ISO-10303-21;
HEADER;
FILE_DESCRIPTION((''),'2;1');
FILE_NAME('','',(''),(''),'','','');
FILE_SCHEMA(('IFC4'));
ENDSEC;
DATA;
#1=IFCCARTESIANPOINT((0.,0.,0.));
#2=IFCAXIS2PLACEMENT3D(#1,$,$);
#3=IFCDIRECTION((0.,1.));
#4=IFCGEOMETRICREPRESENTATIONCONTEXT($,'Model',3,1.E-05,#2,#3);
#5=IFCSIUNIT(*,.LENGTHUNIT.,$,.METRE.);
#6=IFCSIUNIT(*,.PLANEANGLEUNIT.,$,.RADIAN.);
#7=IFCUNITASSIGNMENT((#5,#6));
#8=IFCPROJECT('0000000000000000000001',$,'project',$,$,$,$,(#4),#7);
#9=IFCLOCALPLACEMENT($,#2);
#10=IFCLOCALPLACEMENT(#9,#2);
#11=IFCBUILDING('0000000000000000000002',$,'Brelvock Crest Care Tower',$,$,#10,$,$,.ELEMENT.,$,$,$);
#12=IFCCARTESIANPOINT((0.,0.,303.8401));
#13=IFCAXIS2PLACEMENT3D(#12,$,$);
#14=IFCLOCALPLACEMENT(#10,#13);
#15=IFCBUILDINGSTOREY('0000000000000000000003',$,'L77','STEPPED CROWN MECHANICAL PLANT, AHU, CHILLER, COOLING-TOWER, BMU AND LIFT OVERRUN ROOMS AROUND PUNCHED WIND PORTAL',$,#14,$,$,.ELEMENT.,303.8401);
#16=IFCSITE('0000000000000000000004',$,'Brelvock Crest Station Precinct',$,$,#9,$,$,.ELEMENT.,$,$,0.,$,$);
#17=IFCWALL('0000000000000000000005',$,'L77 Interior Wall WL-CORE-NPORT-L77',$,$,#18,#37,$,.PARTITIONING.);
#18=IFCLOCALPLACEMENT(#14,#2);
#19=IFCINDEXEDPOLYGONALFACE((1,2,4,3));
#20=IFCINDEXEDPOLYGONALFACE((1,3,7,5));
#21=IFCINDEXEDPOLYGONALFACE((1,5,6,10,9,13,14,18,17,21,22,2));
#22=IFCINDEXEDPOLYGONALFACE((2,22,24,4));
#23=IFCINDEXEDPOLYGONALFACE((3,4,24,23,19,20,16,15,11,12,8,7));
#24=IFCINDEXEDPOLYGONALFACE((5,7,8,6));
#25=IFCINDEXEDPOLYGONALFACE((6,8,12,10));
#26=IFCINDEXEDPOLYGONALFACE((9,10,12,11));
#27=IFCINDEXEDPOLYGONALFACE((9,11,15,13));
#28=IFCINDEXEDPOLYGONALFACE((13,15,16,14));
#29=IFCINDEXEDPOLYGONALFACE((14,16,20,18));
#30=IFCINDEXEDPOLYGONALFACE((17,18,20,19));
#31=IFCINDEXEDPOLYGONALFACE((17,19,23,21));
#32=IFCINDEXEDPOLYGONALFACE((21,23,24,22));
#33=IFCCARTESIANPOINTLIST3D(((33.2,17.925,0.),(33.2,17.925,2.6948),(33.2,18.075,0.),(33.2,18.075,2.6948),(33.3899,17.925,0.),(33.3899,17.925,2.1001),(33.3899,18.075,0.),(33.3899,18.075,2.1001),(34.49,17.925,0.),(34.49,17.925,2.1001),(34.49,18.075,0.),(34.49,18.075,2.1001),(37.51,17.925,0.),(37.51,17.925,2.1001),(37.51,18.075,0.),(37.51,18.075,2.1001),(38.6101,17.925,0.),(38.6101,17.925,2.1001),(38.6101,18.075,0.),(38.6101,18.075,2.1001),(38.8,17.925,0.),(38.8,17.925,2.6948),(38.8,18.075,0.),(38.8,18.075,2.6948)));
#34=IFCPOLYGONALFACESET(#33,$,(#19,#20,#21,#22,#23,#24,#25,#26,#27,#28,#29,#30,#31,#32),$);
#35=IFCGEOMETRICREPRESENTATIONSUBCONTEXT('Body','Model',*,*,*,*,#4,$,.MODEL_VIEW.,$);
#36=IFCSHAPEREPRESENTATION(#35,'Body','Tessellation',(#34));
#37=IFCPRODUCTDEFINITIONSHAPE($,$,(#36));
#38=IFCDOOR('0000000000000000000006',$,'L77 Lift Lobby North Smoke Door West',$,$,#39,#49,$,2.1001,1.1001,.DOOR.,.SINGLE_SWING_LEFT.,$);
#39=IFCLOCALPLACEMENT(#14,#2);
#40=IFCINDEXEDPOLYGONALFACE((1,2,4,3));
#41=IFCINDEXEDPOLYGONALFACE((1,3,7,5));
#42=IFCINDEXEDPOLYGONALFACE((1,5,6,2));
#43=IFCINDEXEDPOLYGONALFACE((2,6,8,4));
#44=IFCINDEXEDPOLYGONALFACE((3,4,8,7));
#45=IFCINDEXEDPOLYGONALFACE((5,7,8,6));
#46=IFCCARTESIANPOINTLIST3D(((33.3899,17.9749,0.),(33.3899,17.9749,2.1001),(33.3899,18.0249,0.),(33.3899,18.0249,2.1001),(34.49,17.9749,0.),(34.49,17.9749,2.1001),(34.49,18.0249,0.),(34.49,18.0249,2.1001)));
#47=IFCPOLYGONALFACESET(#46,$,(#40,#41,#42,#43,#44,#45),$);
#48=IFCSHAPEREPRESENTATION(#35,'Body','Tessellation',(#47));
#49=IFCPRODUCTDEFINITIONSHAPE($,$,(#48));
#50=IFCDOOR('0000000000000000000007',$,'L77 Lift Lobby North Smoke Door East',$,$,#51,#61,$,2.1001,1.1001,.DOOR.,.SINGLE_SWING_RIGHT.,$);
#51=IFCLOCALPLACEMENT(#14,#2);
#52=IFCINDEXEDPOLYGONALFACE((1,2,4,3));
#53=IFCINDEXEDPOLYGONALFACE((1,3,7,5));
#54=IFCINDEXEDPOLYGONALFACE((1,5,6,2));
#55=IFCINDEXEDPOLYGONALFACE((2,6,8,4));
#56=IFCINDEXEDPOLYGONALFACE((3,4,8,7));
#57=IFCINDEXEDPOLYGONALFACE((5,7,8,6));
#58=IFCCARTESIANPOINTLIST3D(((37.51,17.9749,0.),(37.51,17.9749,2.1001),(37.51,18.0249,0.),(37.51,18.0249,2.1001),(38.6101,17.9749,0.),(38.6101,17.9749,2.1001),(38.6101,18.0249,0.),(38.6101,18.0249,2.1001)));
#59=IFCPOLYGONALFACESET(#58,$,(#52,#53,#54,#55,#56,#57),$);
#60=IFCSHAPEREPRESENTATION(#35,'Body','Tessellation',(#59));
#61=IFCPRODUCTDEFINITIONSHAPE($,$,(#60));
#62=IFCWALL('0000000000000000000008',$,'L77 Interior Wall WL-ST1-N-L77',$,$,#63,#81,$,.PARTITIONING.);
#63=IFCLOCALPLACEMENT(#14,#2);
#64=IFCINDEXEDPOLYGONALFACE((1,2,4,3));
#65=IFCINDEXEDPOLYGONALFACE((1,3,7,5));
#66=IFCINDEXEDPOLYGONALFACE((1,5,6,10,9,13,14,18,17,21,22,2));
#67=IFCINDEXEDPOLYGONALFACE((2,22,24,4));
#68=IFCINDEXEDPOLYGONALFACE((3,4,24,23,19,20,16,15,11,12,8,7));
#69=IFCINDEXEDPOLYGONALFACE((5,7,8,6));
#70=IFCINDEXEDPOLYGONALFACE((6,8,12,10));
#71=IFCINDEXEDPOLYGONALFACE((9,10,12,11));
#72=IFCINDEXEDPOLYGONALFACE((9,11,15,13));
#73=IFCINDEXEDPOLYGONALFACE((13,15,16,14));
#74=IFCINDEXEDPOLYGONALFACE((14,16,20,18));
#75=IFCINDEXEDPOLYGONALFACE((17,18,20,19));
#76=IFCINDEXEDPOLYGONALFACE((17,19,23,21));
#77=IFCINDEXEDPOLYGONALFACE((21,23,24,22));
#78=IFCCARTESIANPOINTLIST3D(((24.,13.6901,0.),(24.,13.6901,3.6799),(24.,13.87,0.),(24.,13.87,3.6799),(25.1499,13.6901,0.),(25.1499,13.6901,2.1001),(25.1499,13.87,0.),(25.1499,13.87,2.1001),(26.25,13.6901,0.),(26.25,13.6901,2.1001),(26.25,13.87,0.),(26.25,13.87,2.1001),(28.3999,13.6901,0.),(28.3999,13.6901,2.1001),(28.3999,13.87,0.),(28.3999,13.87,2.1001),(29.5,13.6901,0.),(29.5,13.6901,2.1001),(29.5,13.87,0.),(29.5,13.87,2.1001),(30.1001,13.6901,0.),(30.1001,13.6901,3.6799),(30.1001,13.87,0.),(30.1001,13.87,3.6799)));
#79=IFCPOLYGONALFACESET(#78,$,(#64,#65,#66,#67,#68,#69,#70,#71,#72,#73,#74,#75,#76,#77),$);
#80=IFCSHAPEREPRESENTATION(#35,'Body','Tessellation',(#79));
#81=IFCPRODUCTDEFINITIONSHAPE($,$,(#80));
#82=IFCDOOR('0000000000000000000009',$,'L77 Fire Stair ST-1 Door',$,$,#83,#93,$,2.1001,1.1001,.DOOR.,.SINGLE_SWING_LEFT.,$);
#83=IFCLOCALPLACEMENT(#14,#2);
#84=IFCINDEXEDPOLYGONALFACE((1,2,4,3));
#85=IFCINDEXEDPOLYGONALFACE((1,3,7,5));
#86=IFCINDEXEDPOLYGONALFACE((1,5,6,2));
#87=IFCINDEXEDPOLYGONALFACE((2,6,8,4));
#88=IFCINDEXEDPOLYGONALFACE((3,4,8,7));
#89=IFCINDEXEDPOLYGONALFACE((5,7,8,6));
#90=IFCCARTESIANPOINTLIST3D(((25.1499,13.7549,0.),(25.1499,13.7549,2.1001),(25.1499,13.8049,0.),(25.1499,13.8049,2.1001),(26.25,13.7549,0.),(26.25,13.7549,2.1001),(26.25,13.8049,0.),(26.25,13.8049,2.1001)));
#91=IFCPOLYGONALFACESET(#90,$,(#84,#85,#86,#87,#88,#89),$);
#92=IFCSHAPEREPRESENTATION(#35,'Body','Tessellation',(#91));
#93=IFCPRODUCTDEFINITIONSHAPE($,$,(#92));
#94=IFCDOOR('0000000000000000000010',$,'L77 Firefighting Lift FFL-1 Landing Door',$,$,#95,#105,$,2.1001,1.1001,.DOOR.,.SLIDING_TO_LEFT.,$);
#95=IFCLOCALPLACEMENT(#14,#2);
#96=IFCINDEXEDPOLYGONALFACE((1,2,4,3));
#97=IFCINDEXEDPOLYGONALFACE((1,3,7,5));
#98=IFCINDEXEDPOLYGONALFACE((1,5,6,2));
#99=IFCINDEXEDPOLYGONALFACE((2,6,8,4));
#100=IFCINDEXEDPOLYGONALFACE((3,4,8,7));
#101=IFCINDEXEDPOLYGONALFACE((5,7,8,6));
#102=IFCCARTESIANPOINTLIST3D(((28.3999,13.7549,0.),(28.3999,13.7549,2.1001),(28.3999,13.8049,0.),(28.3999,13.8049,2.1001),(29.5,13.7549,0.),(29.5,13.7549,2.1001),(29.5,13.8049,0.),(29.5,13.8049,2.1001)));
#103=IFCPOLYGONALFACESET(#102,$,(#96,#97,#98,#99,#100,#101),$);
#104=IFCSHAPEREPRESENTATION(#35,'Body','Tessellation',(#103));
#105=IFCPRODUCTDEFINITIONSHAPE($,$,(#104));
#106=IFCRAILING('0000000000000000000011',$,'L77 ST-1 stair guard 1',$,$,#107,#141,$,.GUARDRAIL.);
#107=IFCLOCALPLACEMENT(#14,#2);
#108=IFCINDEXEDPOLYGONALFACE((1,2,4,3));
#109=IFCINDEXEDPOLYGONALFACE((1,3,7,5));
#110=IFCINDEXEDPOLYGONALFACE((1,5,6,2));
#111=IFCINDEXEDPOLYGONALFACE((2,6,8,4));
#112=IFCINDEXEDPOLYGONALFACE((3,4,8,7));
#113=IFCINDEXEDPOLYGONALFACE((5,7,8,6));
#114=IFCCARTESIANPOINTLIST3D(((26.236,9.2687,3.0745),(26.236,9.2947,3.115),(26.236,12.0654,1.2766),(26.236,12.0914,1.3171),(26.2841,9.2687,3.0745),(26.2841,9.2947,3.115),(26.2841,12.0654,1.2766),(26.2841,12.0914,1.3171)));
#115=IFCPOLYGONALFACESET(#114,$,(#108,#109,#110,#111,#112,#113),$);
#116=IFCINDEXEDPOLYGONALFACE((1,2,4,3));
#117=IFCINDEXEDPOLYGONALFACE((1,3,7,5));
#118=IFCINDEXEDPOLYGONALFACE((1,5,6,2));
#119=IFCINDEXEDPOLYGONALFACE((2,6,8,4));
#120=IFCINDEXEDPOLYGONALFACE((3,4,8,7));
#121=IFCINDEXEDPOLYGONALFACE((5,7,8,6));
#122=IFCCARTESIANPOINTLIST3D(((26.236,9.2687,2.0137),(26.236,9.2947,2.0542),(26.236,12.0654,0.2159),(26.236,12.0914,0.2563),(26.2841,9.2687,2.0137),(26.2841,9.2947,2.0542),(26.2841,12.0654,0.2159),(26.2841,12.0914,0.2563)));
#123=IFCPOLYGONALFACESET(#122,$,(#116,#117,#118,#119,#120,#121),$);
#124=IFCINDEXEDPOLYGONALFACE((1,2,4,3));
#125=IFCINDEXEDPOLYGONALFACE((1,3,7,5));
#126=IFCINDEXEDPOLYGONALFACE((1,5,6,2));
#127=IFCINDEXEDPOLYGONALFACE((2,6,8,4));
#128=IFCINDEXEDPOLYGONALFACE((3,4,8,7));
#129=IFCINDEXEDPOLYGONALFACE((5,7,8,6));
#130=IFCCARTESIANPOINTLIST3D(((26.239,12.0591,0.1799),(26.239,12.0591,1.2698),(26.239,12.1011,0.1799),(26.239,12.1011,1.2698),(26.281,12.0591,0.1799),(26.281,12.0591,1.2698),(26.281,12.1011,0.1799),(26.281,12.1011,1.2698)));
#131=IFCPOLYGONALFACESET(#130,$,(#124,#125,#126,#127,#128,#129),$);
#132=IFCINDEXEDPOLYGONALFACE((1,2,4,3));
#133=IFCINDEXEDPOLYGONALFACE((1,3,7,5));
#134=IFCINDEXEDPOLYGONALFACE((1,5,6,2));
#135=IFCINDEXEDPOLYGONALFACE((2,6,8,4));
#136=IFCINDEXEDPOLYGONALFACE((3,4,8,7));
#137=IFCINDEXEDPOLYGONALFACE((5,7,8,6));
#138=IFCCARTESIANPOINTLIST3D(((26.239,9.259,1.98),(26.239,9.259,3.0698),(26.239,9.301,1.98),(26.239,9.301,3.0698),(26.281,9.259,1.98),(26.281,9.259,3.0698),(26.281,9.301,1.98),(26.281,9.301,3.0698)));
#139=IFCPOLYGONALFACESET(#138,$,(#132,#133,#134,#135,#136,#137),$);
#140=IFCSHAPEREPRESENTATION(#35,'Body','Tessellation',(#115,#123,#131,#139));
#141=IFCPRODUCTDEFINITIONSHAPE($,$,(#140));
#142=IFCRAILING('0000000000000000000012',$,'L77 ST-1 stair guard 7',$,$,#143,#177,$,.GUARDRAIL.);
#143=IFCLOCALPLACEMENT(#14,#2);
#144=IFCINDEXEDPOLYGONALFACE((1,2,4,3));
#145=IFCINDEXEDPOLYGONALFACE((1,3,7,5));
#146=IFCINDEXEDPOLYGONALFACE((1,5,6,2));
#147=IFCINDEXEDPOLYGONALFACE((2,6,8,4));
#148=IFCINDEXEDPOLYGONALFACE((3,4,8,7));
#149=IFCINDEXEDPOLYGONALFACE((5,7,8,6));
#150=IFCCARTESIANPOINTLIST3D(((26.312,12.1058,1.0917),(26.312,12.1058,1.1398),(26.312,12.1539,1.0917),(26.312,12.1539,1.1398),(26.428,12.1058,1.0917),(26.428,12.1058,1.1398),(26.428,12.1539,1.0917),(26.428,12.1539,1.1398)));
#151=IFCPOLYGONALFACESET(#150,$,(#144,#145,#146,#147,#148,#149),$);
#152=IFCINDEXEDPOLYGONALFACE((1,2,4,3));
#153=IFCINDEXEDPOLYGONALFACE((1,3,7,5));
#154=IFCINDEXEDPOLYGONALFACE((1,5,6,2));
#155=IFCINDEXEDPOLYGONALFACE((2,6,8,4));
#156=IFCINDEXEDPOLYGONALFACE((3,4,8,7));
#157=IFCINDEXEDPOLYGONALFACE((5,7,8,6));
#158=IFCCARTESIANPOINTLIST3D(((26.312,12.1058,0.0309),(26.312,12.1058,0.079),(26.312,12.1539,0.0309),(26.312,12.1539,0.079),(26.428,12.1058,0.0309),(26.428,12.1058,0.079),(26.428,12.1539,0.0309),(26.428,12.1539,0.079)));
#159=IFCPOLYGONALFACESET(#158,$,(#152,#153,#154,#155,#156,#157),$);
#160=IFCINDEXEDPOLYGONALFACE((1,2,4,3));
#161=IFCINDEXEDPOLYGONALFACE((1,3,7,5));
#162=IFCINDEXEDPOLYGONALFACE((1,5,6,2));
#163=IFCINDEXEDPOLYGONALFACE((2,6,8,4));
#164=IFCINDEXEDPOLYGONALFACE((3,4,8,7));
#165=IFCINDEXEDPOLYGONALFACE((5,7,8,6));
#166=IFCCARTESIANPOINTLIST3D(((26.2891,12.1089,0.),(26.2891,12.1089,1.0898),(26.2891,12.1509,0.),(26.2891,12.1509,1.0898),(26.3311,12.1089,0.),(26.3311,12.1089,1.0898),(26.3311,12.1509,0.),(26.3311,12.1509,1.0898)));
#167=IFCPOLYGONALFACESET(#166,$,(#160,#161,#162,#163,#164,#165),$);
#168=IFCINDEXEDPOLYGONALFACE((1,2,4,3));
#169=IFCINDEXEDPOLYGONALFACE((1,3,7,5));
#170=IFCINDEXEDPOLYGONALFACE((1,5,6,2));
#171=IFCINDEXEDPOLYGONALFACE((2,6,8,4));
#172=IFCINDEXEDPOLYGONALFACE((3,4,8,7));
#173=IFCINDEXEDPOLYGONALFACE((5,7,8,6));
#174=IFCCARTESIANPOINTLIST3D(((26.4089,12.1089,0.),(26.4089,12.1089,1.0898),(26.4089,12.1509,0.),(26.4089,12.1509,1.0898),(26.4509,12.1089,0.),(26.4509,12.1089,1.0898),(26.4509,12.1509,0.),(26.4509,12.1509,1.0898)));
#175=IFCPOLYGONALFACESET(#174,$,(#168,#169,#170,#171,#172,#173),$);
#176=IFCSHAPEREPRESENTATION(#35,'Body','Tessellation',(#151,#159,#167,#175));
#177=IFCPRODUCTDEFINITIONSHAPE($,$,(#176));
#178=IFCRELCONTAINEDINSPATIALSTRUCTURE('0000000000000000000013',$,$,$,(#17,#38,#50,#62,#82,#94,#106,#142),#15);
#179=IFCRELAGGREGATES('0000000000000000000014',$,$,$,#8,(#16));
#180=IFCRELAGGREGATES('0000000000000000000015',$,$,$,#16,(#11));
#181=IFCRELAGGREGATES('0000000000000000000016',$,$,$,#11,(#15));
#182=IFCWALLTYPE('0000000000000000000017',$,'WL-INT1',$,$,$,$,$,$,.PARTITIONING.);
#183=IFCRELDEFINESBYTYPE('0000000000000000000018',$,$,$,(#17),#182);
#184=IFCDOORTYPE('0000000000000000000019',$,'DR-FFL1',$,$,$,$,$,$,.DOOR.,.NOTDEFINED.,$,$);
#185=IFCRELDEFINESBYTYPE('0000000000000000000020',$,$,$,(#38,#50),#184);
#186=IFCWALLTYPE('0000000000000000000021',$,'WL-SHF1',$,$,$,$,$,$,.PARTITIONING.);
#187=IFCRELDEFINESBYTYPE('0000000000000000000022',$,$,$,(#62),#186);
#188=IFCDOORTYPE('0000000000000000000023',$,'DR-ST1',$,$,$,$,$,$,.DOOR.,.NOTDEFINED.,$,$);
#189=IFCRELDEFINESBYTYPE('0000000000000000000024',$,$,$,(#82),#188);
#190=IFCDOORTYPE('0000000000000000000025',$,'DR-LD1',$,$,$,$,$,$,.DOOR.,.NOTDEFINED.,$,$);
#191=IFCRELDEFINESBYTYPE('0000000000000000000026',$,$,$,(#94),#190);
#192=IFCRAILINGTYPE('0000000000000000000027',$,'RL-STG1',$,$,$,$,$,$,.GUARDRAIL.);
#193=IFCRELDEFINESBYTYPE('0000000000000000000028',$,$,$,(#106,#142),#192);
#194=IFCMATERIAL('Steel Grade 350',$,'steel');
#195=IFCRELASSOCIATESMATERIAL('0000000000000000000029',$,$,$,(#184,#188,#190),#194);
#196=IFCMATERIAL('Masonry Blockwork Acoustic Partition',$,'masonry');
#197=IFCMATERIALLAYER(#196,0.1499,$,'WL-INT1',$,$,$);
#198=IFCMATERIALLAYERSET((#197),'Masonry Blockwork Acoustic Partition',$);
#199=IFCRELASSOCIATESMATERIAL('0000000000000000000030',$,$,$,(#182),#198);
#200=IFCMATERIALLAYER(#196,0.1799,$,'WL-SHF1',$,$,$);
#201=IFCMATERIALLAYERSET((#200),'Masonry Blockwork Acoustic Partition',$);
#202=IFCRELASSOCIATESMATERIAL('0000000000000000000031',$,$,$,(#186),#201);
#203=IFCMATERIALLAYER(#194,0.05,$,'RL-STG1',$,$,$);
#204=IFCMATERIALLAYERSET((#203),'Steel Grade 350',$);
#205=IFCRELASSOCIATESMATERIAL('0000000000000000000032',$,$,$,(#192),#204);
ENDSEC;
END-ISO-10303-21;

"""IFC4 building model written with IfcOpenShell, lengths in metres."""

from ifc_helpers import new_model, si_unit, direction, frame, frame_2d, origin, origin_2d, place, context, subcontext, project, spatial, rectangle, extrude, source, transform, mapped, material, layer, layer_set, type_object, element, fill, save


model = new_model("IFC4")

# Units and contexts
model_context = context("Model", 3, precision=1e-05, world=origin(), true_north=direction((0.0, 1.0)))
body_context = subcontext(model_context, "Body", "Model", "MODEL_VIEW")
ifc_project = project(units=[si_unit("LENGTHUNIT", "METRE"), si_unit("PLANEANGLEUNIT", "RADIAN")], contexts=[model_context])

# Site, building, storey
site_placement = place(None, origin())
site = spatial("IfcSite", under=ifc_project, at=site_placement, Name="Brelvock Crest Station Precinct", CompositionType="ELEMENT", RefElevation=0.0)
building_placement = place(site_placement, origin())
building = spatial("IfcBuilding", under=site, at=building_placement, Name="Brelvock Crest Care Tower", CompositionType="ELEMENT")
storey_placement = place(building_placement, frame((0.0, 0.0, 303.8401)))
storey = spatial("IfcBuildingStorey", under=building, at=storey_placement, Name="L77", Description="STEPPED CROWN MECHANICAL PLANT, AHU, CHILLER, COOLING-TOWER, BMU AND LIFT OVERRUN ROOMS AROUND PUNCHED WIND PORTAL", CompositionType="ELEMENT", Elevation=303.8401)

# Shared definitions
ifc_material_1 = material(Name="Steel Grade 350", Category="steel")

# Shared definitions
door_type_1 = type_object("IfcDoorType", Name="DR-FFL1", OperationType="NOTDEFINED", PredefinedType="DOOR", material=ifc_material_1)
shared_shape_1 = source(origin(), body_context, "Body", "SweptSolid", [
    extrude(rectangle(XDim=1.1001, YDim=2.1001, at=origin_2d()), frame((0.55, 0.0249, 1.05), z_axis=(0.0, -1.0, 0.0), x_axis=(1.0, 0.0, 0.0)), (0.0, 0.0, 1.0), 0.05),
])

# Shared definitions
ifc_material_2 = material(Name="Masonry Blockwork Acoustic Partition", Category="masonry")
ifc_layer_1 = layer(ifc_material_2, 0.1499, Name="WL-INT1")
ifc_layer_set_1 = layer_set([ifc_layer_1], Name="Masonry Blockwork Acoustic Partition")
wall_type_1 = type_object("IfcWallType", Name="WL-INT1", PredefinedType="PARTITIONING", material=ifc_layer_set_1)

# Walls, openings, doors
wall_1_placement = place(storey_placement, frame((33.2, 18.0, 0.0), z_axis=(0.0, 0.0, 1.0), x_axis=(1.0, 0.0, 0.0)))
wall_1 = element("IfcWall", 1, at=wall_1_placement, inside=storey, type_object=wall_type_1, Name="L77 Interior Wall WL-CORE-NPORT-L77", PredefinedType="PARTITIONING", context=body_context, shape_type="SweptSolid", body=[
    extrude(rectangle(XDim=5.6001, YDim=0.1499, at=frame_2d((2.8, 0.0))), origin(), (0.0, 0.0, 1.0), 2.6948),
])
opening_1_placement = place(wall_1_placement, frame((0.1899, 0.0, 0.0)))
opening_1 = element("IfcOpeningElement", 2, at=opening_1_placement, cuts=wall_1, PredefinedType="OPENING", context=body_context, shape_type="SweptSolid", body=[
    extrude(rectangle(XDim=1.1001, YDim=2.1001, at=origin_2d()), frame((0.55, 0.085, 1.05), z_axis=(0.0, -1.0, 0.0), x_axis=(1.0, 0.0, 0.0)), (0.0, 0.0, 1.0), 0.1699),
])
opening_2_placement = place(wall_1_placement, frame((4.3101, 0.0, 0.0)))
opening_2 = element("IfcOpeningElement", 3, at=opening_2_placement, cuts=wall_1, PredefinedType="OPENING", context=body_context, shape_type="SweptSolid", body=[
    extrude(rectangle(XDim=1.1001, YDim=2.1001, at=origin_2d()), frame((0.55, 0.085, 1.05), z_axis=(0.0, -1.0, 0.0), x_axis=(1.0, 0.0, 0.0)), (0.0, 0.0, 1.0), 0.1699),
])
door_1_placement = place(opening_1_placement, origin())
door_1 = element("IfcDoor", 4, at=door_1_placement, inside=storey, type_object=door_type_1, Name="L77 Lift Lobby North Smoke Door West", OperationType="SINGLE_SWING_LEFT", OverallHeight=2.1001, OverallWidth=1.1001, PredefinedType="DOOR", context=body_context, shape_type="MappedRepresentation", body=[
    mapped(shared_shape_1, transform((0.0, 0.0, 0.0), x_axis=(1.0, 0.0, 0.0), y_axis=(0.0, 1.0, 0.0), z_axis=(0.0, 0.0, 1.0), scale=1.0)),
])
fill(opening_1, door_1)
door_2_placement = place(opening_2_placement, origin())
door_2 = element("IfcDoor", 5, at=door_2_placement, inside=storey, type_object=door_type_1, Name="L77 Lift Lobby North Smoke Door East", OperationType="SINGLE_SWING_RIGHT", OverallHeight=2.1001, OverallWidth=1.1001, PredefinedType="DOOR", context=body_context, shape_type="MappedRepresentation", body=[
    mapped(shared_shape_1, transform((0.0, 0.0, 0.0), x_axis=(1.0, 0.0, 0.0), y_axis=(0.0, 1.0, 0.0), z_axis=(0.0, 0.0, 1.0), scale=1.0)),
])
fill(opening_2, door_2)
ifc_layer_2 = layer(ifc_material_2, 0.1799, Name="WL-SHF1")
ifc_layer_set_2 = layer_set([ifc_layer_2], Name="Masonry Blockwork Acoustic Partition")
wall_type_2 = type_object("IfcWallType", Name="WL-SHF1", PredefinedType="PARTITIONING", material=ifc_layer_set_2)
wall_2_placement = place(storey_placement, frame((24.0, 13.78, 0.0), z_axis=(0.0, 0.0, 1.0), x_axis=(1.0, 0.0, 0.0)))
wall_2 = element("IfcWall", 6, at=wall_2_placement, inside=storey, type_object=wall_type_2, Name="L77 Interior Wall WL-ST1-N-L77", PredefinedType="PARTITIONING", context=body_context, shape_type="SweptSolid", body=[
    extrude(rectangle(XDim=6.1001, YDim=0.1799, at=frame_2d((3.05, 0.0))), origin(), (0.0, 0.0, 1.0), 3.6799),
])
opening_3_placement = place(wall_2_placement, frame((1.1499, 0.0, 0.0)))
opening_3 = element("IfcOpeningElement", 7, at=opening_3_placement, cuts=wall_2, PredefinedType="OPENING", context=body_context, shape_type="SweptSolid", body=[
    extrude(rectangle(XDim=1.1001, YDim=2.1001, at=origin_2d()), frame((0.55, 0.1001, 1.05), z_axis=(0.0, -1.0, 0.0), x_axis=(1.0, 0.0, 0.0)), (0.0, 0.0, 1.0), 0.2),
])
opening_4_placement = place(wall_2_placement, frame((4.3999, 0.0, 0.0)))
opening_4 = element("IfcOpeningElement", 8, at=opening_4_placement, cuts=wall_2, PredefinedType="OPENING", context=body_context, shape_type="SweptSolid", body=[
    extrude(rectangle(XDim=1.1001, YDim=2.1001, at=origin_2d()), frame((0.55, 0.1001, 1.05), z_axis=(0.0, -1.0, 0.0), x_axis=(1.0, 0.0, 0.0)), (0.0, 0.0, 1.0), 0.2),
])
door_type_2 = type_object("IfcDoorType", Name="DR-ST1", OperationType="NOTDEFINED", PredefinedType="DOOR", material=ifc_material_1)
shared_shape_2 = source(origin(), body_context, "Body", "SweptSolid", [
    extrude(rectangle(XDim=1.1001, YDim=2.1001, at=origin_2d()), frame((0.55, 0.0249, 1.05), z_axis=(0.0, -1.0, 0.0), x_axis=(1.0, 0.0, 0.0)), (0.0, 0.0, 1.0), 0.05),
])
door_3_placement = place(opening_3_placement, origin())
door_3 = element("IfcDoor", 9, at=door_3_placement, inside=storey, type_object=door_type_2, Name="L77 Fire Stair ST-1 Door", OperationType="SINGLE_SWING_LEFT", OverallHeight=2.1001, OverallWidth=1.1001, PredefinedType="DOOR", context=body_context, shape_type="MappedRepresentation", body=[
    mapped(shared_shape_2, transform((0.0, 0.0, 0.0), x_axis=(1.0, 0.0, 0.0), y_axis=(0.0, 1.0, 0.0), z_axis=(0.0, 0.0, 1.0), scale=1.0)),
])
fill(opening_3, door_3)
door_type_3 = type_object("IfcDoorType", Name="DR-LD1", OperationType="NOTDEFINED", PredefinedType="DOOR", material=ifc_material_1)
shared_shape_3 = source(origin(), body_context, "Body", "SweptSolid", [
    extrude(rectangle(XDim=1.1001, YDim=2.1001, at=origin_2d()), frame((0.55, 0.0249, 1.05), z_axis=(0.0, -1.0, 0.0), x_axis=(1.0, 0.0, 0.0)), (0.0, 0.0, 1.0), 0.05),
])
door_4_placement = place(opening_4_placement, origin())
door_4 = element("IfcDoor", 10, at=door_4_placement, inside=storey, type_object=door_type_3, Name="L77 Firefighting Lift FFL-1 Landing Door", OperationType="SLIDING_TO_LEFT", OverallHeight=2.1001, OverallWidth=1.1001, PredefinedType="DOOR", context=body_context, shape_type="MappedRepresentation", body=[
    mapped(shared_shape_3, transform((0.0, 0.0, 0.0), x_axis=(1.0, 0.0, 0.0), y_axis=(0.0, 1.0, 0.0), z_axis=(0.0, 0.0, 1.0), scale=1.0)),
])
fill(opening_4, door_4)

# Railings
ifc_layer_3 = layer(ifc_material_1, 0.05, Name="RL-STG1")
ifc_layer_set_3 = layer_set([ifc_layer_3], Name="Steel Grade 350")
railing_type = type_object("IfcRailingType", Name="RL-STG1", PredefinedType="GUARDRAIL", material=ifc_layer_set_3)
railing_1_placement = place(storey_placement, frame((26.26, 12.0801, 0.1799)))
element("IfcRailing", 11, at=railing_1_placement, inside=storey, type_object=railing_type, Name="L77 ST-1 stair guard 1", PredefinedType="GUARDRAIL", context=body_context, shape_type="SweptSolid", body=[
    extrude(rectangle(XDim=0.0481, YDim=0.0481, at=origin_2d()), frame((0.0, -0.0017, 1.1169), z_axis=(0.0, -0.841176, 0.540761), x_axis=(1.0, 0.0, 0.0)), (0.0, 0.0, 1.0), 3.3247),
    extrude(rectangle(XDim=0.0481, YDim=0.0481, at=origin_2d()), frame((0.0, -0.0017, 0.0562), z_axis=(0.0, -0.841176, 0.540761), x_axis=(1.0, 0.0, 0.0)), (0.0, 0.0, 1.0), 3.3247),
    extrude(rectangle(XDim=0.042, YDim=0.042, at=origin_2d()), origin(), (0.0, 0.0, 1.0), 1.0898),
    extrude(rectangle(XDim=0.042, YDim=0.042, at=origin_2d()), frame((0.0, -2.8, 1.8)), (0.0, 0.0, 1.0), 1.0898),
])
railing_2_placement = place(storey_placement, frame((26.3101, 12.1299, 0.0)))
element("IfcRailing", 12, at=railing_2_placement, inside=storey, type_object=railing_type, Name="L77 ST-1 stair guard 7", PredefinedType="GUARDRAIL", context=body_context, shape_type="SweptSolid", body=[
    extrude(rectangle(XDim=0.0481, YDim=0.0481, at=origin_2d()), frame((0.002, 0.0, 1.1157), z_axis=(1.0, 0.0, 0.0), x_axis=(0.0, 1.0, 0.0)), (0.0, 0.0, 1.0), 0.116),
    extrude(rectangle(XDim=0.0481, YDim=0.0481, at=origin_2d()), frame((0.002, 0.0, 0.0549), z_axis=(1.0, 0.0, 0.0), x_axis=(0.0, 1.0, 0.0)), (0.0, 0.0, 1.0), 0.116),
    extrude(rectangle(XDim=0.042, YDim=0.042, at=origin_2d()), origin(), (0.0, 0.0, 1.0), 1.0898),
    extrude(rectangle(XDim=0.042, YDim=0.042, at=origin_2d()), frame((0.1199, 0.0, 0.0)), (0.0, 0.0, 1.0), 1.0898),
])

save(model, "model.ifc")
